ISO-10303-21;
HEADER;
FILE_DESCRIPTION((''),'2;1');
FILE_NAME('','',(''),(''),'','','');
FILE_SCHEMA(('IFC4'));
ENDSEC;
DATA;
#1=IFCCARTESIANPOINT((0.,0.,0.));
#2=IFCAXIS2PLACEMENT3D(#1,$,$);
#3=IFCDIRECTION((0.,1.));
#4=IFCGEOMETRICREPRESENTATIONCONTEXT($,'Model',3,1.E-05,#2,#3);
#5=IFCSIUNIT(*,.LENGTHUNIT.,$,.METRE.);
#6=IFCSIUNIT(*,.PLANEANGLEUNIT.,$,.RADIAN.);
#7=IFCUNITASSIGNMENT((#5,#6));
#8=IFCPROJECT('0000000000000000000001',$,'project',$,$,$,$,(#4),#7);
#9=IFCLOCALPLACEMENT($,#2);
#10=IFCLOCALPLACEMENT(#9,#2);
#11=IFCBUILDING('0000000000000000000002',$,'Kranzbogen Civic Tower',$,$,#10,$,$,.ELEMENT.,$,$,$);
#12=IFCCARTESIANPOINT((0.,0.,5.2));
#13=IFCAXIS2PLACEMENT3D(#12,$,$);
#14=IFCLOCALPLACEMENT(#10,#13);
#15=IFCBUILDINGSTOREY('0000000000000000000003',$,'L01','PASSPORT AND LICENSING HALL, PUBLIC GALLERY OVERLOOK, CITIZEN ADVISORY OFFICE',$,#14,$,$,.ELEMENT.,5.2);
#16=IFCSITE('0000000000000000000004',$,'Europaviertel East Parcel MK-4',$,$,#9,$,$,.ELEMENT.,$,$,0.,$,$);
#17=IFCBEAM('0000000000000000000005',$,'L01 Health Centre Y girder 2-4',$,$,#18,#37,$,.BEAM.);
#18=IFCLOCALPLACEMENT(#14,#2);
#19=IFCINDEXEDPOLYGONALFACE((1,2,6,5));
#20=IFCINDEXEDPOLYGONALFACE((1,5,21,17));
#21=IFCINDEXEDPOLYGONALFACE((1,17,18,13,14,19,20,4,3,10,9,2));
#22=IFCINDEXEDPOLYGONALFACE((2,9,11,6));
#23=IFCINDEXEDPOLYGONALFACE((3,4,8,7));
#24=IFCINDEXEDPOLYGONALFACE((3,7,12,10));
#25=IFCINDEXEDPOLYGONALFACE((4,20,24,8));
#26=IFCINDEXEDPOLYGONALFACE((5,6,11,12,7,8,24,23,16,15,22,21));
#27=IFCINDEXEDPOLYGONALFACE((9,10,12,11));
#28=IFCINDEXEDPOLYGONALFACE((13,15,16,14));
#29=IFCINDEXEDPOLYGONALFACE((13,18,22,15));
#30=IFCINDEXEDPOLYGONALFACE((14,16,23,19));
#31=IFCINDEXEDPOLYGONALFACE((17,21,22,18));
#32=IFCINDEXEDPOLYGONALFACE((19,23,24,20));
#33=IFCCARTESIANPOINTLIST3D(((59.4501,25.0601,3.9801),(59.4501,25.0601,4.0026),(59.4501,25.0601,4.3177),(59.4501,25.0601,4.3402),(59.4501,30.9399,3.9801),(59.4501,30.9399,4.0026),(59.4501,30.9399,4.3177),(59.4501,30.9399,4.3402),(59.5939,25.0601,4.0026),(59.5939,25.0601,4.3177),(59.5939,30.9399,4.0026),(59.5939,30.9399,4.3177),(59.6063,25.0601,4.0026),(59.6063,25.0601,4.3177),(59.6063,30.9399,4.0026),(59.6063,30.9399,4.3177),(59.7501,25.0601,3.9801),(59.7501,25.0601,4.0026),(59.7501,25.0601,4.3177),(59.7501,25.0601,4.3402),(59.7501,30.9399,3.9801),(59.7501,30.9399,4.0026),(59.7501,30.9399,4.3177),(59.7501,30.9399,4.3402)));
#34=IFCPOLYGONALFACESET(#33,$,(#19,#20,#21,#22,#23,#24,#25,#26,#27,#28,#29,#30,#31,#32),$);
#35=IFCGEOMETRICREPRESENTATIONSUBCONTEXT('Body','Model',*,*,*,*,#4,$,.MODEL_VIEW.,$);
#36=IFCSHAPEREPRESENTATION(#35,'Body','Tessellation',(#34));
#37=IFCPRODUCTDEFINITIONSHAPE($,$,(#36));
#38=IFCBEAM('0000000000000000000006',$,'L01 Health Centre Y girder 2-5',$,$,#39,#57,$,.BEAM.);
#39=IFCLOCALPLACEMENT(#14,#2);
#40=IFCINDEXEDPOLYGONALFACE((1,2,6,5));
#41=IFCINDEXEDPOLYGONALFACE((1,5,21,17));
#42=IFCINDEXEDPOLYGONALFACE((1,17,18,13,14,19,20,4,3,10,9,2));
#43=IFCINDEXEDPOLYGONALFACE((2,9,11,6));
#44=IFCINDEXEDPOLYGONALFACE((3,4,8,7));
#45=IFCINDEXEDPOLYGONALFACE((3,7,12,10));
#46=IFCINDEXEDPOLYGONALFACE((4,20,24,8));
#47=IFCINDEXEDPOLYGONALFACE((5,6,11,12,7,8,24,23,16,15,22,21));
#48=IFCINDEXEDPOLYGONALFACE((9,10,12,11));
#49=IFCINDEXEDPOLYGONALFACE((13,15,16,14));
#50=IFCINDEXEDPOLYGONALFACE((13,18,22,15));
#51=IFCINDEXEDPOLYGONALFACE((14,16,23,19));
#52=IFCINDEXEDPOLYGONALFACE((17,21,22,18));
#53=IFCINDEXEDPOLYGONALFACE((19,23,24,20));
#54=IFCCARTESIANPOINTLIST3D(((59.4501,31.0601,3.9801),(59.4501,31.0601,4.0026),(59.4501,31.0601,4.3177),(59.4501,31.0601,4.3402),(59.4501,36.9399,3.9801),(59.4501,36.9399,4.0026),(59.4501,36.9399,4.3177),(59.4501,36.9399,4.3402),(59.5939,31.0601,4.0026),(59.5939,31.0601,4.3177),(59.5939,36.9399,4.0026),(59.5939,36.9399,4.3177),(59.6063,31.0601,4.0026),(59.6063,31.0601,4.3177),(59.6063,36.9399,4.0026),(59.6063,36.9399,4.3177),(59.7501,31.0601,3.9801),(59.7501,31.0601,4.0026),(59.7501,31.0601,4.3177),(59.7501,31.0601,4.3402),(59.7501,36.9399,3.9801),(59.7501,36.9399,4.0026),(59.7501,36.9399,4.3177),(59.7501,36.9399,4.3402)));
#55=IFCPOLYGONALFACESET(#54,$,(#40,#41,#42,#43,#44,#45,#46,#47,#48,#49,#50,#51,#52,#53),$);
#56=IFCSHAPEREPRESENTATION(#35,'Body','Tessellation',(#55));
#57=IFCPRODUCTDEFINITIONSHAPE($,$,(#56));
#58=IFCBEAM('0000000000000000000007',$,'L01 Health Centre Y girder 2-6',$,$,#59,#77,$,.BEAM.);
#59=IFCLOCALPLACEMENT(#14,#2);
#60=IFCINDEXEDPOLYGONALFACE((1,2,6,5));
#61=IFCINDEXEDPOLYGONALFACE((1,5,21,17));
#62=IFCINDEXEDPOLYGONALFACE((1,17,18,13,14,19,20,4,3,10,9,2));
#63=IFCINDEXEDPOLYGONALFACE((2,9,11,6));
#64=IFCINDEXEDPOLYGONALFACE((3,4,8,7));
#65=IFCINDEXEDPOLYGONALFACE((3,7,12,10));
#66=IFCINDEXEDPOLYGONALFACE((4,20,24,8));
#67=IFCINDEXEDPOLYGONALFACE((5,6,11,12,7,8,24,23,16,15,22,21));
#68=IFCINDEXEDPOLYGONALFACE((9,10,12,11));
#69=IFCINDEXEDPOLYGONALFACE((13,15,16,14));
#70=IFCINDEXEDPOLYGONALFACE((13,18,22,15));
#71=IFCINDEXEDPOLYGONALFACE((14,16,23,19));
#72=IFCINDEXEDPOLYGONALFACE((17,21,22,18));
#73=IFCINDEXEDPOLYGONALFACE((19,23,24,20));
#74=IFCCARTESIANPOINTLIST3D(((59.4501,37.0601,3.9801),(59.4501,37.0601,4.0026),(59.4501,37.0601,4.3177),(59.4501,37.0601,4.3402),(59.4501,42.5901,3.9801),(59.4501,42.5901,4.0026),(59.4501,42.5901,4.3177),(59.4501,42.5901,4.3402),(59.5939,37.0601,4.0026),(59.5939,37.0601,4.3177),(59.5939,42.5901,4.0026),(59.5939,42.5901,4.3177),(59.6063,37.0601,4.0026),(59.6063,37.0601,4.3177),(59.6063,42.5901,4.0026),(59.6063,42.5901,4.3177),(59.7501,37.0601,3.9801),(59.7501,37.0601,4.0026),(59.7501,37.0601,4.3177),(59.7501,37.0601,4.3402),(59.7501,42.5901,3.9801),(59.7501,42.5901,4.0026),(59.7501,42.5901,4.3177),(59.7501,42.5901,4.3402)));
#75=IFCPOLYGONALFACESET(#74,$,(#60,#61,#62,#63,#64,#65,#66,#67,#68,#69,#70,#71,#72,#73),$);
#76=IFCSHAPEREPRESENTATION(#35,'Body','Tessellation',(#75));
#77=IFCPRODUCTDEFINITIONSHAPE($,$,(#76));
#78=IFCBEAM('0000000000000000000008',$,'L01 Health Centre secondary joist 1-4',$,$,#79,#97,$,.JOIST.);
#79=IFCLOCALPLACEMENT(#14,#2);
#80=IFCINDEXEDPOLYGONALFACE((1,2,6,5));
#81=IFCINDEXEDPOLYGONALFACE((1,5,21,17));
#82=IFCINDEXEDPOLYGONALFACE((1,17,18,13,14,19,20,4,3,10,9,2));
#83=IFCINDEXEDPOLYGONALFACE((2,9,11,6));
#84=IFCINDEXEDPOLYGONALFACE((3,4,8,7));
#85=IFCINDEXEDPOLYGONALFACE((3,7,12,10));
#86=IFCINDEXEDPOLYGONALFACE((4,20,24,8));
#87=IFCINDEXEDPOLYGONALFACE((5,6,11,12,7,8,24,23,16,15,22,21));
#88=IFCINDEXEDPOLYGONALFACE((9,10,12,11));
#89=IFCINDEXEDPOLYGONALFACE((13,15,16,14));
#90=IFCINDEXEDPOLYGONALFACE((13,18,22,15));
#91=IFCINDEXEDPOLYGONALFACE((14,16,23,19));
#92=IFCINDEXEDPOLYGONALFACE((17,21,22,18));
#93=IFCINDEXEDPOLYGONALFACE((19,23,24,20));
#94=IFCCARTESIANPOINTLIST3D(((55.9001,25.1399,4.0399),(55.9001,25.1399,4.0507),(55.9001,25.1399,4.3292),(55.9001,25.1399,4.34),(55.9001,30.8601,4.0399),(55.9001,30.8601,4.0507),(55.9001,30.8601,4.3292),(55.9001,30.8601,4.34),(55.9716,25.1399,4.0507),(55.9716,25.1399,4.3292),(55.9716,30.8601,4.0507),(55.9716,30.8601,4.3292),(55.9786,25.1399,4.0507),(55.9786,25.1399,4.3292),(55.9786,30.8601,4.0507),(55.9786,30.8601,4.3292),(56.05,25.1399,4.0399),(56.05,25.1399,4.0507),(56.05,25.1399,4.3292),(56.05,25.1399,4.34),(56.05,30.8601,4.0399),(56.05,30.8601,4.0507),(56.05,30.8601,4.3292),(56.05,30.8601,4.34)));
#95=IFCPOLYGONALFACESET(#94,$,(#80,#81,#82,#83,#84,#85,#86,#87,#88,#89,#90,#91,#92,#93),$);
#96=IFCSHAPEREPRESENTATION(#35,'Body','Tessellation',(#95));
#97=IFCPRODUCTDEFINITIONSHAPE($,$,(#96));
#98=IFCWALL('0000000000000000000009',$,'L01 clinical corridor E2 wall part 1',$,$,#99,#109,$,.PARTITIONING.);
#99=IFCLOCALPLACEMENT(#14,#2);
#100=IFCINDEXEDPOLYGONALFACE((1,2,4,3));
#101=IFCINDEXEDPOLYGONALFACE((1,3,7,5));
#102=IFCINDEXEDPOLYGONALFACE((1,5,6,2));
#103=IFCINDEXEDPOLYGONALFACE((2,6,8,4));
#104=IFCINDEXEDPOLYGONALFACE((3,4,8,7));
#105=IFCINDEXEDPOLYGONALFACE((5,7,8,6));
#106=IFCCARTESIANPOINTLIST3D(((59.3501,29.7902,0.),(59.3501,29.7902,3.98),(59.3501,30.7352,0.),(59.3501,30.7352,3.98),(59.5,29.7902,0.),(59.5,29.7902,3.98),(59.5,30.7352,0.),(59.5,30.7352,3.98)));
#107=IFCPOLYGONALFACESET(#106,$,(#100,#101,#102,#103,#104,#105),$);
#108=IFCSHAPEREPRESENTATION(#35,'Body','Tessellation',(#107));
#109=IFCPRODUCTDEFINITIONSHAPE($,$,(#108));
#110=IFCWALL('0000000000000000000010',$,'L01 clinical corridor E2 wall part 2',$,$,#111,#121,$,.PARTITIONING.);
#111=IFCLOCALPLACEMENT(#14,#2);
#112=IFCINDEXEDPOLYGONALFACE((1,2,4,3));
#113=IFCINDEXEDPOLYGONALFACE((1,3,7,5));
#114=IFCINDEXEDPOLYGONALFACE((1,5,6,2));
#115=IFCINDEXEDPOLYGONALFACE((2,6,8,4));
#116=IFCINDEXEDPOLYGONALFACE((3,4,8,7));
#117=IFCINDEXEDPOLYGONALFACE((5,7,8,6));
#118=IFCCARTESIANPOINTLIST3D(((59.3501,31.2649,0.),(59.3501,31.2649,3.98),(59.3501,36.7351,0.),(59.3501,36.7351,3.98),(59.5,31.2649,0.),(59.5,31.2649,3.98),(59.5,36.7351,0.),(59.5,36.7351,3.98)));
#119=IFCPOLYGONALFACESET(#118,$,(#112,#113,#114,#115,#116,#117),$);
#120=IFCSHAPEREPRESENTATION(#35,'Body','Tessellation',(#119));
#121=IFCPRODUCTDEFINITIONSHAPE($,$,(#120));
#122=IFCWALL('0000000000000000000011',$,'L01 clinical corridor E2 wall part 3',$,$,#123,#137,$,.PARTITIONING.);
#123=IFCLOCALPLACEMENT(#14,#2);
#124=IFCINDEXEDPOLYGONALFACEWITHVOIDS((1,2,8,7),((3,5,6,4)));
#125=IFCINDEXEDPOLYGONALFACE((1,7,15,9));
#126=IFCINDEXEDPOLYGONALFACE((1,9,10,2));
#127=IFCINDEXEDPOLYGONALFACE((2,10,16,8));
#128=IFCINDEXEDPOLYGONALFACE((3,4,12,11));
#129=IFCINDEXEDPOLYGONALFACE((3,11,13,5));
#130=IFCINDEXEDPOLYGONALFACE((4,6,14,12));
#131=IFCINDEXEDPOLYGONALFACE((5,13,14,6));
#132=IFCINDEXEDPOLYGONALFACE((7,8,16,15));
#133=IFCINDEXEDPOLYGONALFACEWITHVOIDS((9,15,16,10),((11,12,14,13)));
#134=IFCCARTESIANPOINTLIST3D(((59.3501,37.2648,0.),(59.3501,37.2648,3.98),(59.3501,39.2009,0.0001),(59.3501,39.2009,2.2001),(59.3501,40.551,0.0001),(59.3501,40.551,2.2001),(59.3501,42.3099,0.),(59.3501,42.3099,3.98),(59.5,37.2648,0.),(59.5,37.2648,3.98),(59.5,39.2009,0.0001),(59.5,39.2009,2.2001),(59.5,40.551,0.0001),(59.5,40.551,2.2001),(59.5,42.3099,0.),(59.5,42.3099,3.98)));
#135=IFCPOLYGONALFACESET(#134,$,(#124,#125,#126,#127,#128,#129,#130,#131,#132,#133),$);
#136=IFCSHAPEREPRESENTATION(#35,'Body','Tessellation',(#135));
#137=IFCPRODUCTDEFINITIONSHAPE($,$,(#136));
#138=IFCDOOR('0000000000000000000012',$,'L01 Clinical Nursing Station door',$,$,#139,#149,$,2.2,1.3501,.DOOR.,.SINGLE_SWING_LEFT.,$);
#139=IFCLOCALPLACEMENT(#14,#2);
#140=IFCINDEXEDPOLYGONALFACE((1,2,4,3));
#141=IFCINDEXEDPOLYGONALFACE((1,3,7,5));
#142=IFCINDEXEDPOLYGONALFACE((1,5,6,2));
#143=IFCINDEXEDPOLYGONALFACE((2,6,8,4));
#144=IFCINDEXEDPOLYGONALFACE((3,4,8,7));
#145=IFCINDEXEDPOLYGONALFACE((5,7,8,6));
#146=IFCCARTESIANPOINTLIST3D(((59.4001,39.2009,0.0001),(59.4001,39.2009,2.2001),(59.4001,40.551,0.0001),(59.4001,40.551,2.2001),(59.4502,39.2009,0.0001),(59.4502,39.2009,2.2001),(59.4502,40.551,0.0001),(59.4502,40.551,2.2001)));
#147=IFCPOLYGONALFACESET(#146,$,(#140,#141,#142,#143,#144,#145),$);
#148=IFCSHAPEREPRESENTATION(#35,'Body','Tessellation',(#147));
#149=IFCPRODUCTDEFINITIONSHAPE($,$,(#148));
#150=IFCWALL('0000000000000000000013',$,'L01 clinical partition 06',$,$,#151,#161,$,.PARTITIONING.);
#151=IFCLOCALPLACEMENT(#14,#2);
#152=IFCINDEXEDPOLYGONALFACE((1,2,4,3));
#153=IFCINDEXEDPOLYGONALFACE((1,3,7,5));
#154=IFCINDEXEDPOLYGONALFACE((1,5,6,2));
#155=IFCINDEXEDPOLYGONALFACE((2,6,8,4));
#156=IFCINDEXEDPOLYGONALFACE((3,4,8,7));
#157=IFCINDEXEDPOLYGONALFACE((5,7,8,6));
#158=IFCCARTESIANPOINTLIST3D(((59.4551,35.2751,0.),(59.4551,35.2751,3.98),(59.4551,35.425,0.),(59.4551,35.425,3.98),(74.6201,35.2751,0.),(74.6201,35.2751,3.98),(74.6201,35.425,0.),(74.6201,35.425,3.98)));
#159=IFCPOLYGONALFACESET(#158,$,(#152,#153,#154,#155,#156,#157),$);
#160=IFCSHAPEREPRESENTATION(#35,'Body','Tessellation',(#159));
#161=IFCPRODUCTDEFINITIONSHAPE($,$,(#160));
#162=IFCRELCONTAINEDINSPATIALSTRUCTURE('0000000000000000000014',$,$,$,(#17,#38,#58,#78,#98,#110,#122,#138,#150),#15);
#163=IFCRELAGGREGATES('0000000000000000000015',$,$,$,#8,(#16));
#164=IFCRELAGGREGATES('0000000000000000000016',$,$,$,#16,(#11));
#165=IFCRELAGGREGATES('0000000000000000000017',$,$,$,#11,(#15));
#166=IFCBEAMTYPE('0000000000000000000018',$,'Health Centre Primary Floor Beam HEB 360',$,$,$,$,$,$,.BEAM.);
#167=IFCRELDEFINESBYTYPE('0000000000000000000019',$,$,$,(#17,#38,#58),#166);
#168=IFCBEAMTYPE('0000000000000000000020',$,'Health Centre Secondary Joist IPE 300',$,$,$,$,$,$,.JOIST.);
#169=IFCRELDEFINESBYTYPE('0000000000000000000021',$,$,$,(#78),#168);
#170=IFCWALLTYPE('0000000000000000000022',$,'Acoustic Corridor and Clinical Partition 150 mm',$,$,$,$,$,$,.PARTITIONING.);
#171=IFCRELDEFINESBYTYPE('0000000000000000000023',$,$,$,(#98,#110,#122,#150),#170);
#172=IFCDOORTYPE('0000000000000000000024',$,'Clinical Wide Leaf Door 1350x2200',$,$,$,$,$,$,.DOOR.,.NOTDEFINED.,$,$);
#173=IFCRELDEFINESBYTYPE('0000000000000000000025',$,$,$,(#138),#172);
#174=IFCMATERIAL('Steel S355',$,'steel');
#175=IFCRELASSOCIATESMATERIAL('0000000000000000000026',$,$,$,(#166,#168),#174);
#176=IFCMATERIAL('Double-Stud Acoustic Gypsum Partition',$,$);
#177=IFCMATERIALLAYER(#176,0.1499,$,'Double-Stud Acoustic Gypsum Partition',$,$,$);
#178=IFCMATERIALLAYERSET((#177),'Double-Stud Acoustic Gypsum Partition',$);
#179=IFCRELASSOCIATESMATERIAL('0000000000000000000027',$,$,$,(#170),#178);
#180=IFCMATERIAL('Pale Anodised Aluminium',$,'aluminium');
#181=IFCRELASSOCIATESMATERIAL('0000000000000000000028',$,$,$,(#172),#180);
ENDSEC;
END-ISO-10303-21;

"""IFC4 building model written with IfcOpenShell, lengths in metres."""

from ifc_helpers import new_model, si_unit, direction, frame, frame_2d, origin, origin_2d, place, context, subcontext, project, spatial, rectangle, i_section, extrude, material, layer, layer_set, material_profile, profile_set, type_object, element, fill, save


model = new_model("IFC4")

# Units and contexts
model_context = context("Model", 3, precision=1e-05, world=origin(), true_north=direction((0.0, 1.0)))
body_context = subcontext(model_context, "Body", "Model", "MODEL_VIEW")
ifc_project = project(units=[si_unit("LENGTHUNIT", "METRE"), si_unit("PLANEANGLEUNIT", "RADIAN")], contexts=[model_context])

# Site, building, storey
site_placement = place(None, origin())
site = spatial("IfcSite", under=ifc_project, at=site_placement, Name="Europaviertel East Parcel MK-4", CompositionType="ELEMENT", RefElevation=0.0)
building_placement = place(site_placement, origin())
building = spatial("IfcBuilding", under=site, at=building_placement, Name="Kranzbogen Civic Tower", CompositionType="ELEMENT")
storey_placement = place(building_placement, frame((0.0, 0.0, 5.2)))
storey = spatial("IfcBuildingStorey", under=building, at=storey_placement, Name="L01", Description="PASSPORT AND LICENSING HALL, PUBLIC GALLERY OVERLOOK, CITIZEN ADVISORY OFFICE", CompositionType="ELEMENT", Elevation=5.2)

# Shared definitions
ifc_material_1 = material(Name="Steel S355", Category="steel")

# Beams
ifc_material_profile_1 = material_profile(ifc_material_1, i_section(OverallWidth=0.3, OverallDepth=0.3601, WebThickness=0.0125, FlangeThickness=0.0225, at=origin_2d()), Name="HEB 360")
ifc_profile_set_1 = profile_set([ifc_material_profile_1], Name="Steel S355")
beam_type_1 = type_object("IfcBeamType", Name="Health Centre Primary Floor Beam HEB 360", PredefinedType="BEAM", material=ifc_profile_set_1)
for number, where, z_axis, x_axis, name in (
    (1, (59.6001, 25.0601, 4.1602), (0.0, 1.0, 0.0), (-1.0, 0.0, 0.0), "L01 Health Centre Y girder 2-4"),
    (2, (59.6001, 31.0601, 4.1602), (0.0, 1.0, 0.0), (-1.0, 0.0, 0.0), "L01 Health Centre Y girder 2-5"),
):
    element("IfcBeam", number, at=place(storey_placement, frame(where, z_axis=z_axis, x_axis=x_axis)), inside=storey, type_object=beam_type_1, Name=name, PredefinedType="BEAM", context=body_context, shape_type="SweptSolid", body=[
        extrude(i_section(OverallWidth=0.3, OverallDepth=0.3601, WebThickness=0.0125, FlangeThickness=0.0225, at=origin_2d()), origin(), (0.0, 0.0, 1.0), 5.8799),
    ])
beam_1_placement = place(storey_placement, frame((59.6001, 37.0601, 4.1602), z_axis=(0.0, 1.0, 0.0), x_axis=(-1.0, 0.0, 0.0)))
element("IfcBeam", 3, at=beam_1_placement, inside=storey, type_object=beam_type_1, Name="L01 Health Centre Y girder 2-6", PredefinedType="BEAM", context=body_context, shape_type="SweptSolid", body=[
    extrude(i_section(OverallWidth=0.3, OverallDepth=0.3601, WebThickness=0.0125, FlangeThickness=0.0225, at=origin_2d()), origin(), (0.0, 0.0, 1.0), 5.53),
])
ifc_material_profile_2 = material_profile(ifc_material_1, i_section(OverallWidth=0.1499, OverallDepth=0.3, WebThickness=0.0071, FlangeThickness=0.0107, at=origin_2d()), Name="IPE 300")
ifc_profile_set_2 = profile_set([ifc_material_profile_2], Name="Steel S355")
beam_type_2 = type_object("IfcBeamType", Name="Health Centre Secondary Joist IPE 300", PredefinedType="JOIST", material=ifc_profile_set_2)
beam_2_placement = place(storey_placement, frame((55.9751, 25.1399, 4.1899), z_axis=(0.0, 1.0, 0.0), x_axis=(-1.0, 0.0, 0.0)))
element("IfcBeam", 4, at=beam_2_placement, inside=storey, type_object=beam_type_2, Name="L01 Health Centre secondary joist 1-4", PredefinedType="JOIST", context=body_context, shape_type="SweptSolid", body=[
    extrude(i_section(OverallWidth=0.1499, OverallDepth=0.3, WebThickness=0.0071, FlangeThickness=0.0107, at=origin_2d()), origin(), (0.0, 0.0, 1.0), 5.7202),
])

# Walls
ifc_material_2 = material(Name="Double-Stud Acoustic Gypsum Partition")
ifc_layer_1 = layer(ifc_material_2, 0.1499, Name="Double-Stud Acoustic Gypsum Partition")
ifc_layer_set_1 = layer_set([ifc_layer_1], Name="Double-Stud Acoustic Gypsum Partition")
wall_type_1 = type_object("IfcWallType", Name="Acoustic Corridor and Clinical Partition 150 mm", PredefinedType="PARTITIONING", material=ifc_layer_set_1)
wall_1_placement = place(storey_placement, frame((59.425, 29.79, 0.0), z_axis=(0.0, 0.0, 1.0), x_axis=(0.0, 1.0, 0.0)))
element("IfcWall", 5, at=wall_1_placement, inside=storey, type_object=wall_type_1, Name="L01 clinical corridor E2 wall part 1", PredefinedType="PARTITIONING", context=body_context, shape_type="SweptSolid", body=[
    extrude(rectangle(XDim=0.9451, YDim=0.1499, at=frame_2d((0.4727, 0.0))), origin(), (0.0, 0.0, 1.0), 3.98),
])
wall_2_placement = place(storey_placement, frame((59.425, 31.2649, 0.0), z_axis=(0.0, 0.0, 1.0), x_axis=(0.0, 1.0, 0.0)))
element("IfcWall", 6, at=wall_2_placement, inside=storey, type_object=wall_type_1, Name="L01 clinical corridor E2 wall part 2", PredefinedType="PARTITIONING", context=body_context, shape_type="SweptSolid", body=[
    extrude(rectangle(XDim=5.4702, YDim=0.1499, at=frame_2d((2.7351, 0.0))), origin(), (0.0, 0.0, 1.0), 3.98),
])

# Wall, opening, door
wall_3_placement = place(storey_placement, frame((59.425, 37.2649, 0.0), z_axis=(0.0, 0.0, 1.0), x_axis=(0.0, 1.0, 0.0)))
wall_3 = element("IfcWall", 7, at=wall_3_placement, inside=storey, type_object=wall_type_1, Name="L01 clinical corridor E2 wall part 3", PredefinedType="PARTITIONING", context=body_context, shape_type="SweptSolid", body=[
    extrude(rectangle(XDim=5.0452, YDim=0.1499, at=frame_2d((2.5225, 0.0))), origin(), (0.0, 0.0, 1.0), 3.98),
])
opening_1_placement = place(wall_3_placement, frame((1.936, 0.0, 0.0)))
opening_1 = element("IfcOpeningElement", 8, at=opening_1_placement, cuts=wall_3, PredefinedType="OPENING", context=body_context, shape_type="SweptSolid", body=[
    extrude(rectangle(XDim=1.3501, YDim=2.2, at=frame_2d((0.675, 1.1001))), frame((0.0, 0.085, 0.0), z_axis=(0.0, -1.0, 0.0), x_axis=(1.0, 0.0, 0.0)), (0.0, 0.0, 1.0), 0.1699),
])
ifc_material_3 = material(Name="Pale Anodised Aluminium", Category="aluminium")
door_type_1 = type_object("IfcDoorType", Name="Clinical Wide Leaf Door 1350x2200", OperationType="NOTDEFINED", PredefinedType="DOOR", material=ifc_material_3)
door_1_placement = place(opening_1_placement, origin())
door_1 = element("IfcDoor", 9, at=door_1_placement, inside=storey, type_object=door_type_1, Name="L01 Clinical Nursing Station door", OperationType="SINGLE_SWING_LEFT", OverallHeight=2.2, OverallWidth=1.3501, PredefinedType="DOOR", context=body_context, shape_type="SweptSolid", body=[
    extrude(rectangle(XDim=1.3501, YDim=2.2, at=frame_2d((0.675, 1.1001))), frame((0.0, 0.0249, 0.0), z_axis=(0.0, -1.0, 0.0), x_axis=(1.0, 0.0, 0.0)), (0.0, 0.0, 1.0), 0.05),
])
fill(opening_1, door_1)

# Wall
wall_4_placement = place(storey_placement, frame((59.4551, 35.3501, 0.0), z_axis=(0.0, 0.0, 1.0), x_axis=(1.0, 0.0, 0.0)))
element("IfcWall", 10, at=wall_4_placement, inside=storey, type_object=wall_type_1, Name="L01 clinical partition 06", PredefinedType="PARTITIONING", context=body_context, shape_type="SweptSolid", body=[
    extrude(rectangle(XDim=15.165, YDim=0.1499, at=frame_2d((7.5825, 0.0))), origin(), (0.0, 0.0, 1.0), 3.98),
])

save(model, "model.ifc")
